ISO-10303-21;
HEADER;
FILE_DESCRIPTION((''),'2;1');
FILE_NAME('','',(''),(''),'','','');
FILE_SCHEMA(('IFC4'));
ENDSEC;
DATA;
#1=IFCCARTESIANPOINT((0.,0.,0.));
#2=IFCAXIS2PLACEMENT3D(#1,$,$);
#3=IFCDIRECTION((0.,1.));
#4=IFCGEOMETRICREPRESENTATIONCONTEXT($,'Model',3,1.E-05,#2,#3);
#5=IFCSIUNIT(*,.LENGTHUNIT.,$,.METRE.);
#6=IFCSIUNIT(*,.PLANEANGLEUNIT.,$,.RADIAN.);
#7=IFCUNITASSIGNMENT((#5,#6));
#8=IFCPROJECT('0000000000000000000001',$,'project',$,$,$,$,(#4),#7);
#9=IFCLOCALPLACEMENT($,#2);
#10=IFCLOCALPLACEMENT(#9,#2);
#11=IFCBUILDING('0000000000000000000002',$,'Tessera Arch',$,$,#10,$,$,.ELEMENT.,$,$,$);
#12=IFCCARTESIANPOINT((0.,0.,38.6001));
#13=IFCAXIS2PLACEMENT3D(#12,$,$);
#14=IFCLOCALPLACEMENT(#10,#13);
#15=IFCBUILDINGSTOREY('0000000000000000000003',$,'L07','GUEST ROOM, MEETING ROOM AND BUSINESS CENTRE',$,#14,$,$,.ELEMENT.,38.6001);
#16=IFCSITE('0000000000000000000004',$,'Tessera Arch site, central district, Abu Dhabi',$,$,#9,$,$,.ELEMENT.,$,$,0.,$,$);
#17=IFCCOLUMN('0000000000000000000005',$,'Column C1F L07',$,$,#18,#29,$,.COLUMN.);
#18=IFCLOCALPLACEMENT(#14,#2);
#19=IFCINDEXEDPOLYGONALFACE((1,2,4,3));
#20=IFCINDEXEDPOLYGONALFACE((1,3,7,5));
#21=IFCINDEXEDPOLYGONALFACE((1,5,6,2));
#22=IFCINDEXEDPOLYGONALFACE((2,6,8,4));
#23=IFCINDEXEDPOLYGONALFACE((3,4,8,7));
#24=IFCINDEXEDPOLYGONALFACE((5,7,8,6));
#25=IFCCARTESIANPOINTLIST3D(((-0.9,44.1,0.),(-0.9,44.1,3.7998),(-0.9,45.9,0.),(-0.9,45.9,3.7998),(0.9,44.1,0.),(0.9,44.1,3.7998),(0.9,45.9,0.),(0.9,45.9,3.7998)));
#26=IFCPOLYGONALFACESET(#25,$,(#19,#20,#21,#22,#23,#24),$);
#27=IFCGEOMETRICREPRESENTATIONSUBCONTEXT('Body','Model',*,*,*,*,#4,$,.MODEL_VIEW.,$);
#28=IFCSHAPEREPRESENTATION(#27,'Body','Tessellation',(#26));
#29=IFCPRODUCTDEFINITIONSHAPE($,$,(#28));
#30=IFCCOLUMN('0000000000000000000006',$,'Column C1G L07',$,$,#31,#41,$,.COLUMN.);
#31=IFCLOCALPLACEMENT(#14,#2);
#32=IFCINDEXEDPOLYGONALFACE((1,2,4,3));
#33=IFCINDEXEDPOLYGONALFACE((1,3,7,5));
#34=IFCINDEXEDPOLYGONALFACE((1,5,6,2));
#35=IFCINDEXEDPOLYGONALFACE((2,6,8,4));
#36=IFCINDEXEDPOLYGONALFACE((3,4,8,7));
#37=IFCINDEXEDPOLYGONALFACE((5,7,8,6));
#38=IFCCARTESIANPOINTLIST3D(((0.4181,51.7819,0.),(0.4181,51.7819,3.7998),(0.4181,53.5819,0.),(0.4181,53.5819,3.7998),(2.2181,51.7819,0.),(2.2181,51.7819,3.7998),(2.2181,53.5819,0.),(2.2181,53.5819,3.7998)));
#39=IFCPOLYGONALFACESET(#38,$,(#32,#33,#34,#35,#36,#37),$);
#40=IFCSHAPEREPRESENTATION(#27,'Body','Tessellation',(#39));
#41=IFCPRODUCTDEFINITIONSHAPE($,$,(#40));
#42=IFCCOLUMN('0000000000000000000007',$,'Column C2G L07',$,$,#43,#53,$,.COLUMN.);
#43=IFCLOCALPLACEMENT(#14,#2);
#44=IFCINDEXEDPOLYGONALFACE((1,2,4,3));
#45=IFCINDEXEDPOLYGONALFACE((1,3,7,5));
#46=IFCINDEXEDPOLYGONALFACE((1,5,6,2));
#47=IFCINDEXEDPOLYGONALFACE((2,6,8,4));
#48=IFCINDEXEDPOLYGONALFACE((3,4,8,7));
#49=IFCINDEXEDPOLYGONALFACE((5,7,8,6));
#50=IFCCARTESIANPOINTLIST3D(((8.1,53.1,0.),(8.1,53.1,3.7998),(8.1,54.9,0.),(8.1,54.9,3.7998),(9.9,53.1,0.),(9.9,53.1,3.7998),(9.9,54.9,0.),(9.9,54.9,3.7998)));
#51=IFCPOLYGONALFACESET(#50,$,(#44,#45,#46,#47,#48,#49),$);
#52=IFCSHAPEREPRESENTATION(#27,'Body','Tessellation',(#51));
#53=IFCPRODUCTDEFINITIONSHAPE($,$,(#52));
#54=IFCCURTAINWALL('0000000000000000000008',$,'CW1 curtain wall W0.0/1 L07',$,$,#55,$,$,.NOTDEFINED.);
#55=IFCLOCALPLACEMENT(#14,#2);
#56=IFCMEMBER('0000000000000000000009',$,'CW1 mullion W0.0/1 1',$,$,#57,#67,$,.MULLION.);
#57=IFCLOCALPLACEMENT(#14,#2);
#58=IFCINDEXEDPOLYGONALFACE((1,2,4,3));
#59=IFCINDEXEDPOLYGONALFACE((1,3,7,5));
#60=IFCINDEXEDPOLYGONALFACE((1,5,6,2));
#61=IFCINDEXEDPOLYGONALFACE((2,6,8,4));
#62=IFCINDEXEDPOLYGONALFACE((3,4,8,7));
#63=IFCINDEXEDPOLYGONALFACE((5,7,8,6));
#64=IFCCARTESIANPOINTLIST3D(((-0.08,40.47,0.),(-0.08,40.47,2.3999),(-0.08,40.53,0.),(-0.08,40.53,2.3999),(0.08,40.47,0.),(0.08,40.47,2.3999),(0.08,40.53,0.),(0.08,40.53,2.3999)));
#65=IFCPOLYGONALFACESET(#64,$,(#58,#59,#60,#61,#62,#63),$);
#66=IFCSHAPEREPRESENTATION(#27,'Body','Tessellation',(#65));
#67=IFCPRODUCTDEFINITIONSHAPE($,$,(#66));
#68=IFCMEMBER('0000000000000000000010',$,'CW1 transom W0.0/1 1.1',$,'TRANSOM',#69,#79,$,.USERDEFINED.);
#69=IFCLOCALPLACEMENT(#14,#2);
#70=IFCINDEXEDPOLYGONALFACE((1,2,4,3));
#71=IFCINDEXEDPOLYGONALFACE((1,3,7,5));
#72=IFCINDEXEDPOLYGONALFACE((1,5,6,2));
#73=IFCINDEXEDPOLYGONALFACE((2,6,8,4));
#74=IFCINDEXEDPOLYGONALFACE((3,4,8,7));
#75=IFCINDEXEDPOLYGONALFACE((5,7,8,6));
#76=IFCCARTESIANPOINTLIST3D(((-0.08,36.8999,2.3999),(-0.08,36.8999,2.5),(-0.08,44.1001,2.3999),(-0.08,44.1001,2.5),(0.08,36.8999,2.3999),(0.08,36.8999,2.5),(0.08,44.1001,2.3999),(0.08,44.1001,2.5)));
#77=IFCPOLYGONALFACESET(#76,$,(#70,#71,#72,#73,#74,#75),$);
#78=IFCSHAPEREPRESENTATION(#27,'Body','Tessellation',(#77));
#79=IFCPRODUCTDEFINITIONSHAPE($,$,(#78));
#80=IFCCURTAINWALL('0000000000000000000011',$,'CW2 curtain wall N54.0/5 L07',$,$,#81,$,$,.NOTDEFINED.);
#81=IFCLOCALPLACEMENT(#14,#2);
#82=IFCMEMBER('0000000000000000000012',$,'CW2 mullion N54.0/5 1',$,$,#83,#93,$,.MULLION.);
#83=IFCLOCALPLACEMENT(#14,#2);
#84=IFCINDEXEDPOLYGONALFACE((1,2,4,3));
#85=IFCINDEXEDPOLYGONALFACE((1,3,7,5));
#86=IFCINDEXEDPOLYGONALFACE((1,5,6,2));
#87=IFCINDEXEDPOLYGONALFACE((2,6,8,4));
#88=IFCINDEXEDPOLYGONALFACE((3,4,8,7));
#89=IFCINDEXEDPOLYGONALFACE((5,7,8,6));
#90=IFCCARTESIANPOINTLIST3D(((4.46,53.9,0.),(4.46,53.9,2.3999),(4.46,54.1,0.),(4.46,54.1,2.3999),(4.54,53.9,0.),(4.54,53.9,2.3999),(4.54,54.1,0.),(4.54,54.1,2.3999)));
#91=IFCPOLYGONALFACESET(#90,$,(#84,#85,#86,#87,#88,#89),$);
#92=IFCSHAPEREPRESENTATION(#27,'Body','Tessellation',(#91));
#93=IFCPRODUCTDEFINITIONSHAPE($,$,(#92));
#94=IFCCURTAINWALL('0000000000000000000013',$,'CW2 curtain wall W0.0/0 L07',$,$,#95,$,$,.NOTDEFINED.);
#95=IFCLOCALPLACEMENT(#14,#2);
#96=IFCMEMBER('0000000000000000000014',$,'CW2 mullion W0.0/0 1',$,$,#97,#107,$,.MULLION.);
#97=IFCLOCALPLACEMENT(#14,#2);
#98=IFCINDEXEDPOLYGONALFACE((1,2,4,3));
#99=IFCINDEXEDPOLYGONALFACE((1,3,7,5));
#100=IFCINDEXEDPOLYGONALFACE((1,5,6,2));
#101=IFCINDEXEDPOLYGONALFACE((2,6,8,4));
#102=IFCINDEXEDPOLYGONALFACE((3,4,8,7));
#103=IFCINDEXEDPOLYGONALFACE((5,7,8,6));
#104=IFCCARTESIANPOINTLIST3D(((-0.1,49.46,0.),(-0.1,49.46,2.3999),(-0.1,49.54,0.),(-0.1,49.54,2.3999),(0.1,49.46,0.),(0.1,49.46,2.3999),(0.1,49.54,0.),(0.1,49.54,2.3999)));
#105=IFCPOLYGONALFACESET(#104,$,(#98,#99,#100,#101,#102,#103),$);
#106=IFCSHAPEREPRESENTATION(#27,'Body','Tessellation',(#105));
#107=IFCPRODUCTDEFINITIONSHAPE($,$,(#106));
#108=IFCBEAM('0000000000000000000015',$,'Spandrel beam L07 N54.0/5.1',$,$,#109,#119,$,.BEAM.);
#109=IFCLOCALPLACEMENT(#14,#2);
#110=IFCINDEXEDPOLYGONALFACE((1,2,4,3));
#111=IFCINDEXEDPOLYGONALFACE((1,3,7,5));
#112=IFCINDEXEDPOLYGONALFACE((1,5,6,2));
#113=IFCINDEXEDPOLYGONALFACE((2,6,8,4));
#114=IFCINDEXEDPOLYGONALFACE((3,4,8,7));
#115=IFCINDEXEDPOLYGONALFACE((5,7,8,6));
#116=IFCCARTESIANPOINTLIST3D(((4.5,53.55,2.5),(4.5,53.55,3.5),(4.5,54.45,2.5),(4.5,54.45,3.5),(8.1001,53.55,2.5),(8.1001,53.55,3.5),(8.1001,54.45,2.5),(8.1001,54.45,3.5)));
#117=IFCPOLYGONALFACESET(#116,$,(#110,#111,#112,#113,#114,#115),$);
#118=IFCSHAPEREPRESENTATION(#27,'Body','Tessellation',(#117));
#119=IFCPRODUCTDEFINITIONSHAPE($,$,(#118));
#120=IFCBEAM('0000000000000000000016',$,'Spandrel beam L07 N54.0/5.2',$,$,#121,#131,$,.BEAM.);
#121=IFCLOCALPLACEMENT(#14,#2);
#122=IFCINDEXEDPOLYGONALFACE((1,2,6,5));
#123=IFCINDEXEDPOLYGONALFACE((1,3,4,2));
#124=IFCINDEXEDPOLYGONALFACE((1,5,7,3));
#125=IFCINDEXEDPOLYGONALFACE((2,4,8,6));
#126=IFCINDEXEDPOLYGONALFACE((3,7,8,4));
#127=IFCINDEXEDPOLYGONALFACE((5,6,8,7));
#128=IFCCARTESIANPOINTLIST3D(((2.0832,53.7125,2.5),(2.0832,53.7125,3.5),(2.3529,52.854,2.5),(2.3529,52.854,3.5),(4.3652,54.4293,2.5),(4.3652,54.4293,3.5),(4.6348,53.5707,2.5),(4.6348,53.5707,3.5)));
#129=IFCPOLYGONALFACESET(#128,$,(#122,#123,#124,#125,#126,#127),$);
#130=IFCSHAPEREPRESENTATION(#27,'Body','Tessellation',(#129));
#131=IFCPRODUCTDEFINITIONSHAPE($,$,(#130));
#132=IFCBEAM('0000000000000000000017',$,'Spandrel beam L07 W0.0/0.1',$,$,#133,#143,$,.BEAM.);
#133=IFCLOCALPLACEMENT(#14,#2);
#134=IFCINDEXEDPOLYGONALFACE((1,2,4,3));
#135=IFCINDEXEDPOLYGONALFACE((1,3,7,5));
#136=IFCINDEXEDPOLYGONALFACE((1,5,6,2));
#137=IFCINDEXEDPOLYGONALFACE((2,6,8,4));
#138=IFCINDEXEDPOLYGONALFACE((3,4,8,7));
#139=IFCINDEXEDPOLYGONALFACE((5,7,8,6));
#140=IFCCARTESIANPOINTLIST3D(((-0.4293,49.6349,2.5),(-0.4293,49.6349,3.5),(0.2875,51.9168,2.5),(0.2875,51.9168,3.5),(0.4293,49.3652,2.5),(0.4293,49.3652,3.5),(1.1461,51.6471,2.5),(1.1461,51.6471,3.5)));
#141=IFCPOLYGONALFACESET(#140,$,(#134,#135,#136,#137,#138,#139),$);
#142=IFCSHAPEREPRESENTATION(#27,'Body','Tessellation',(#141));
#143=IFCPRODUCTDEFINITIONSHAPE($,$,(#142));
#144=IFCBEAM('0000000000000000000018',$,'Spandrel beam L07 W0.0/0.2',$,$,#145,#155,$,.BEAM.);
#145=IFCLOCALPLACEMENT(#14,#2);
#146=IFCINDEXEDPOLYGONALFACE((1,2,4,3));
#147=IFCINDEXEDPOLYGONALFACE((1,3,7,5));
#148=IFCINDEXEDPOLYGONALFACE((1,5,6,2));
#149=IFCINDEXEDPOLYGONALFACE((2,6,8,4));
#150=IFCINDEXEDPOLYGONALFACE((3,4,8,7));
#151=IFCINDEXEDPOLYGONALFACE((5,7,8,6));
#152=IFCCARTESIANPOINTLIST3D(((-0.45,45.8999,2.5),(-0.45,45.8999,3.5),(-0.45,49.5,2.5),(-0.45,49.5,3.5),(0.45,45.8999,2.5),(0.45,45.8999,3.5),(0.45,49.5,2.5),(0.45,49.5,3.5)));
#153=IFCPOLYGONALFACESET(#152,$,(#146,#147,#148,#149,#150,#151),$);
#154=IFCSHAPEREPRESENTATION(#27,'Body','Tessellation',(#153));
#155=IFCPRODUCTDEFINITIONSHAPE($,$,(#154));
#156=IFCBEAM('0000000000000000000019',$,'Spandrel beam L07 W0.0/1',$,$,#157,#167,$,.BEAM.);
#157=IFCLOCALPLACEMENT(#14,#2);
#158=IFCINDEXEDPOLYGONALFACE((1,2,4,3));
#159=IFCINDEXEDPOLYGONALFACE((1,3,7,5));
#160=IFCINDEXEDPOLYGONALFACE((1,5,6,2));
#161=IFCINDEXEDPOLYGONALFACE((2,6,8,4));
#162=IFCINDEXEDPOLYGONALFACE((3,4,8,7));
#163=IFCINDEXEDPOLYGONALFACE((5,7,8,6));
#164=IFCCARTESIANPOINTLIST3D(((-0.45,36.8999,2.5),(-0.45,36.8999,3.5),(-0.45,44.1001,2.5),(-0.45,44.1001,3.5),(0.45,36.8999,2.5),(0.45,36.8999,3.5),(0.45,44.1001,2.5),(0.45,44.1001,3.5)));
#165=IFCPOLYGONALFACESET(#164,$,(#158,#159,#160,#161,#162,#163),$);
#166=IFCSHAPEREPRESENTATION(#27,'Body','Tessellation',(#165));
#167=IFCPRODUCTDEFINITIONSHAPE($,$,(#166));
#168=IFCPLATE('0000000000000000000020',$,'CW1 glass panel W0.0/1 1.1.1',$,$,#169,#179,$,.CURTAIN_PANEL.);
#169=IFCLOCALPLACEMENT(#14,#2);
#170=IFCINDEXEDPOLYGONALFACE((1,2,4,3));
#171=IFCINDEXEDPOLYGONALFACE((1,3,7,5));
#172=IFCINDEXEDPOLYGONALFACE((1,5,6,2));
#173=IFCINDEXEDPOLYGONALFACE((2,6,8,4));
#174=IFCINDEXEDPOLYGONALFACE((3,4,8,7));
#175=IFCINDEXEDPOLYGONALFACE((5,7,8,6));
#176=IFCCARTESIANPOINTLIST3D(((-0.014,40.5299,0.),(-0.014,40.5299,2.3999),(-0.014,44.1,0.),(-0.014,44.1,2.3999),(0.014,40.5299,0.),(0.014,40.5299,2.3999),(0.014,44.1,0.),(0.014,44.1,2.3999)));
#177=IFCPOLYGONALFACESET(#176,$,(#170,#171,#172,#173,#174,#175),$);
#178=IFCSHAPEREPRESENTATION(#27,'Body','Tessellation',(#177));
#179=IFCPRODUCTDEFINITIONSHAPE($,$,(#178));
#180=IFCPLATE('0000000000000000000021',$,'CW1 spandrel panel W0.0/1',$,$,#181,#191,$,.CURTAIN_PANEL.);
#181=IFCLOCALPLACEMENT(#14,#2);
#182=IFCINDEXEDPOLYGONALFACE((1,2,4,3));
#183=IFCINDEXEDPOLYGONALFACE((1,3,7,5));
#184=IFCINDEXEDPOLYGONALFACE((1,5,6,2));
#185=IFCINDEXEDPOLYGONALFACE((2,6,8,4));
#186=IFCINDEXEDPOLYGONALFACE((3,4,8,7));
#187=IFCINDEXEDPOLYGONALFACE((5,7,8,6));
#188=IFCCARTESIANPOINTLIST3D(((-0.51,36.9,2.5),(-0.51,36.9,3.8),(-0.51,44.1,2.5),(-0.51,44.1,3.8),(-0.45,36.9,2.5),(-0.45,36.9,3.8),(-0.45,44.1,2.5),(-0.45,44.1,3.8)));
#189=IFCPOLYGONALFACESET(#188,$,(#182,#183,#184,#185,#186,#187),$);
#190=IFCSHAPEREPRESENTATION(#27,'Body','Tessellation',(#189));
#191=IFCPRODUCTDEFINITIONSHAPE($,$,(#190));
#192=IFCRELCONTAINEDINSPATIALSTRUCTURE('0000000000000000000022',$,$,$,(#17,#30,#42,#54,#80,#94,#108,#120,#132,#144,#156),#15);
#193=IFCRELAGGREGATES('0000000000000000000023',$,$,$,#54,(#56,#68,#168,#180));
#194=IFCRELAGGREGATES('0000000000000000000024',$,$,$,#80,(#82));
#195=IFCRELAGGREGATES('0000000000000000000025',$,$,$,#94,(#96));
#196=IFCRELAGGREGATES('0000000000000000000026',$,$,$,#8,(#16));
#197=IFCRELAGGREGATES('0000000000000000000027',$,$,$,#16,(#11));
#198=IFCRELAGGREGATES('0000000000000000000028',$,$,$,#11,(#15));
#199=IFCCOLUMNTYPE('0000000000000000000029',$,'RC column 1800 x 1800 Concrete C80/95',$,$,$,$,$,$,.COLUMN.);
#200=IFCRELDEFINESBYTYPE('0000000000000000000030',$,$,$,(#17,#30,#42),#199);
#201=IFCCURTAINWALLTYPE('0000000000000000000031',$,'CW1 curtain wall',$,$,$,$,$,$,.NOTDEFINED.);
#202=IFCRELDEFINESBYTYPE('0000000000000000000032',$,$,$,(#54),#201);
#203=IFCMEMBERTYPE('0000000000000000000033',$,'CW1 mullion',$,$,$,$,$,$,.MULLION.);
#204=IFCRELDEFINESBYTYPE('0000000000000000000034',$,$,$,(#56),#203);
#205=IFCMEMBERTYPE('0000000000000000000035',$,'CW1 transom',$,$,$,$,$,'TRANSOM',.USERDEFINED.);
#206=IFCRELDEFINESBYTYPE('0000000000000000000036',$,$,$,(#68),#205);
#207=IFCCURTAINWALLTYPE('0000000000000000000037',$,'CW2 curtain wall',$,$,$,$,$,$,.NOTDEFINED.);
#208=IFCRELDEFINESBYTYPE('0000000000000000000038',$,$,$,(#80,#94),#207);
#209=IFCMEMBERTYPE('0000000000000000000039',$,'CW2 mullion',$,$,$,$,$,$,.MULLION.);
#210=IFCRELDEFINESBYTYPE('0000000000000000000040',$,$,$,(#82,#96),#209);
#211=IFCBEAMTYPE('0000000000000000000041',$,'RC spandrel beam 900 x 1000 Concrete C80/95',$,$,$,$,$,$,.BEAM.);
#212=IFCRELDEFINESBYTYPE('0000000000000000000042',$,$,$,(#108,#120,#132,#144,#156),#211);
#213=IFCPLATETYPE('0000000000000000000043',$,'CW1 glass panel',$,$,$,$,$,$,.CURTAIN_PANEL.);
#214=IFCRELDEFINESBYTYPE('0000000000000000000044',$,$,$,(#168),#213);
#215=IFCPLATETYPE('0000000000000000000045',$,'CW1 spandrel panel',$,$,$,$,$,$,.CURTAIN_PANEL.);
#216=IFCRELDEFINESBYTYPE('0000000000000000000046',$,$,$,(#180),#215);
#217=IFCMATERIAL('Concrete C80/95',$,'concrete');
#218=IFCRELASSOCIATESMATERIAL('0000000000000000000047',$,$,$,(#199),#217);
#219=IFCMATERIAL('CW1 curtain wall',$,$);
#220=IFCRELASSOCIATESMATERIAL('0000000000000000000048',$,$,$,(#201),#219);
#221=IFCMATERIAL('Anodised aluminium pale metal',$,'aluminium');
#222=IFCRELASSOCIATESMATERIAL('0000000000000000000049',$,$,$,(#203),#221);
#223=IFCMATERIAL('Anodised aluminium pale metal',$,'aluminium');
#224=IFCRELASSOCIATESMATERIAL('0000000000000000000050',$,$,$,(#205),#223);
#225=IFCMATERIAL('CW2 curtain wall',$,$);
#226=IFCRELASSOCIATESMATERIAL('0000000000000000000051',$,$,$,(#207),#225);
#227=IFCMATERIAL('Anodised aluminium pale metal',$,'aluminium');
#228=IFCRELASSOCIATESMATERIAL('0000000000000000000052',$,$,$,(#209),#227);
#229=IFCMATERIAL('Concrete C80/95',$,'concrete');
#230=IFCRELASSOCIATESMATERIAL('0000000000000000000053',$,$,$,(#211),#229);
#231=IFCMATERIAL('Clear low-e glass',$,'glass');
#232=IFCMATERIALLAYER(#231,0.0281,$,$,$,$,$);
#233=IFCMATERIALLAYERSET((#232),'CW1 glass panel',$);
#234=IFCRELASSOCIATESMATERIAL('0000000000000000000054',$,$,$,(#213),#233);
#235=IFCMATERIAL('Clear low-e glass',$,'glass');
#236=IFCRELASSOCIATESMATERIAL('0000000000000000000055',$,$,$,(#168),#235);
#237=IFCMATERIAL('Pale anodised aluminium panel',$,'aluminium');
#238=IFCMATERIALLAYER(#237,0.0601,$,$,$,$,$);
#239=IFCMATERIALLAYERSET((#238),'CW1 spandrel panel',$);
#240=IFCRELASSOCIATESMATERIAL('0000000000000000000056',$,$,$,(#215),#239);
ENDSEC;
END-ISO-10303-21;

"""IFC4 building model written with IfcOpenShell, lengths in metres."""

from ifc_helpers import new_model, si_unit, direction, frame, origin, origin_2d, place, context, subcontext, project, spatial, rectangle, extrude, material, layer, layer_set, material_profile, profile_set, type_object, element, aggregate, save


model = new_model("IFC4")

# Units and contexts
model_context = context("Model", 3, precision=1e-05, world=origin(), true_north=direction((0.0, 1.0)))
body_context = subcontext(model_context, "Body", "Model", "MODEL_VIEW")
ifc_project = project(units=[si_unit("LENGTHUNIT", "METRE"), si_unit("PLANEANGLEUNIT", "RADIAN")], contexts=[model_context])

# Site, building, storey
site_placement = place(None, origin())
site = spatial("IfcSite", under=ifc_project, at=site_placement, Name="Tessera Arch site, central district, Abu Dhabi", CompositionType="ELEMENT", RefElevation=0.0)
building_placement = place(site_placement, origin())
building = spatial("IfcBuilding", under=site, at=building_placement, Name="Tessera Arch", CompositionType="ELEMENT")
storey_placement = place(building_placement, frame((0.0, 0.0, 38.6001)))
storey = spatial("IfcBuildingStorey", under=building, at=storey_placement, Name="L07", Description="GUEST ROOM, MEETING ROOM AND BUSINESS CENTRE", CompositionType="ELEMENT", Elevation=38.6001)

# Columns
ifc_material_1 = material(Name="Concrete C80/95", Category="concrete")
ifc_material_profile_1 = material_profile(ifc_material_1, rectangle(XDim=1.8, YDim=1.8, at=origin_2d()), Name="RC column 1800 x 1800 Concrete C80/95")
ifc_profile_set_1 = profile_set([ifc_material_profile_1], Name="Concrete C80/95")
column_type = type_object("IfcColumnType", Name="RC column 1800 x 1800 Concrete C80/95", PredefinedType="COLUMN", material=ifc_profile_set_1)
for number, where, z_axis, x_axis, name in (
    (1, (0.0, 45.0, 0.0), (0.0, 0.0, 1.0), (1.0, 0.0, 0.0), "Column C1F L07"),
    (2, (1.3181, 52.6819, 0.0), (0.0, 0.0, 1.0), (1.0, 0.0, 0.0), "Column C1G L07"),
    (3, (9.0, 54.0, 0.0), (0.0, 0.0, 1.0), (1.0, 0.0, 0.0), "Column C2G L07"),
):
    element("IfcColumn", number, at=place(storey_placement, frame(where, z_axis=z_axis, x_axis=x_axis)), inside=storey, type_object=column_type, Name=name, PredefinedType="COLUMN", context=body_context, shape_type="SweptSolid", body=[
        extrude(rectangle(XDim=1.8, YDim=1.8, at=origin_2d()), origin(), (0.0, 0.0, 1.0), 3.7998),
    ])

# Curtain wall, members
ifc_material_2 = material(Name="CW1 curtain wall")
curtain_wall_type_1 = type_object("IfcCurtainWallType", Name="CW1 curtain wall", PredefinedType="NOTDEFINED", material=ifc_material_2)
curtain_wall_1_placement = place(storey_placement, origin())
curtain_wall_1 = element("IfcCurtainWall", 4, at=curtain_wall_1_placement, inside=storey, type_object=curtain_wall_type_1, Name="CW1 curtain wall W0.0/1 L07", PredefinedType="NOTDEFINED")
ifc_material_3 = material(Name="Anodised aluminium pale metal", Category="aluminium")
ifc_material_profile_2 = material_profile(ifc_material_3, rectangle(XDim=0.1599, YDim=0.0601, at=origin_2d()), Name="AL 60x160")
ifc_profile_set_2 = profile_set([ifc_material_profile_2], Name="Anodised aluminium pale metal")
member_type_1 = type_object("IfcMemberType", Name="CW1 mullion", PredefinedType="MULLION", material=ifc_profile_set_2)
member_1_placement = place(storey_placement, frame((0.0, 40.5, 0.0), z_axis=(0.0, 0.0, 1.0), x_axis=(1.0, 0.0, 0.0)))
member_1 = element("IfcMember", 5, at=member_1_placement, type_object=member_type_1, Name="CW1 mullion W0.0/1 1", PredefinedType="MULLION", context=body_context, shape_type="SweptSolid", body=[
    extrude(rectangle(XDim=0.1599, YDim=0.0601, at=origin_2d()), origin(), (0.0, 0.0, 1.0), 2.3999),
])
ifc_material_4 = material(Name="Anodised aluminium pale metal", Category="aluminium")
ifc_material_profile_3 = material_profile(ifc_material_4, rectangle(XDim=0.1599, YDim=0.1001, at=origin_2d()), Name="AL 160x100")
ifc_profile_set_3 = profile_set([ifc_material_profile_3], Name="Anodised aluminium pale metal")
member_type_2 = type_object("IfcMemberType", Name="CW1 transom", ElementType="TRANSOM", PredefinedType="USERDEFINED", material=ifc_profile_set_3)
member_2_placement = place(storey_placement, frame((0.0, 44.1001, 2.45), z_axis=(0.0, -1.0, 0.0), x_axis=(1.0, 0.0, 0.0)))
member_2 = element("IfcMember", 6, at=member_2_placement, type_object=member_type_2, Name="CW1 transom W0.0/1 1.1", ObjectType="TRANSOM", PredefinedType="USERDEFINED", context=body_context, shape_type="SweptSolid", body=[
    extrude(rectangle(XDim=0.1599, YDim=0.1001, at=origin_2d()), origin(), (0.0, 0.0, 1.0), 7.2002),
])

# Curtain walls, members
ifc_material_5 = material(Name="CW2 curtain wall")
curtain_wall_type_2 = type_object("IfcCurtainWallType", Name="CW2 curtain wall", PredefinedType="NOTDEFINED", material=ifc_material_5)
curtain_wall_2_placement = place(storey_placement, origin())
curtain_wall_2 = element("IfcCurtainWall", 7, at=curtain_wall_2_placement, inside=storey, type_object=curtain_wall_type_2, Name="CW2 curtain wall N54.0/5 L07", PredefinedType="NOTDEFINED")
ifc_material_6 = material(Name="Anodised aluminium pale metal", Category="aluminium")
ifc_material_profile_4 = material_profile(ifc_material_6, rectangle(XDim=0.2, YDim=0.0801, at=origin_2d()), Name="AL 80x200")
ifc_profile_set_4 = profile_set([ifc_material_profile_4], Name="Anodised aluminium pale metal")
member_type_3 = type_object("IfcMemberType", Name="CW2 mullion", PredefinedType="MULLION", material=ifc_profile_set_4)
member_3_placement = place(storey_placement, frame((4.5, 54.0, 0.0), z_axis=(0.0, 0.0, 1.0), x_axis=(0.0, -1.0, 0.0)))
member_3 = element("IfcMember", 8, at=member_3_placement, type_object=member_type_3, Name="CW2 mullion N54.0/5 1", PredefinedType="MULLION", context=body_context, shape_type="SweptSolid", body=[
    extrude(rectangle(XDim=0.2, YDim=0.0801, at=origin_2d()), origin(), (0.0, 0.0, 1.0), 2.3999),
])
curtain_wall_3_placement = place(storey_placement, origin())
curtain_wall_3 = element("IfcCurtainWall", 9, at=curtain_wall_3_placement, inside=storey, type_object=curtain_wall_type_2, Name="CW2 curtain wall W0.0/0 L07", PredefinedType="NOTDEFINED")
member_4_placement = place(storey_placement, frame((0.0, 49.5, 0.0), z_axis=(0.0, 0.0, 1.0), x_axis=(1.0, 0.0, 0.0)))
member_4 = element("IfcMember", 10, at=member_4_placement, type_object=member_type_3, Name="CW2 mullion W0.0/0 1", PredefinedType="MULLION", context=body_context, shape_type="SweptSolid", body=[
    extrude(rectangle(XDim=0.2, YDim=0.0801, at=origin_2d()), origin(), (0.0, 0.0, 1.0), 2.3999),
])

# Beams
ifc_material_7 = material(Name="Concrete C80/95", Category="concrete")
ifc_material_profile_5 = material_profile(ifc_material_7, rectangle(XDim=0.8999, YDim=1.0, at=origin_2d()), Name="RC spandrel beam 900 x 1000 Concrete C80/95")
ifc_profile_set_5 = profile_set([ifc_material_profile_5], Name="Concrete C80/95")
beam_type = type_object("IfcBeamType", Name="RC spandrel beam 900 x 1000 Concrete C80/95", PredefinedType="BEAM", material=ifc_profile_set_5)
beam_1_placement = place(storey_placement, frame((8.1001, 54.0, 3.0), z_axis=(-1.0, 0.0, 0.0), x_axis=(0.0, -1.0, 0.0)))
element("IfcBeam", 11, at=beam_1_placement, inside=storey, type_object=beam_type, Name="Spandrel beam L07 N54.0/5.1", PredefinedType="BEAM", context=body_context, shape_type="SweptSolid", body=[
    extrude(rectangle(XDim=0.8999, YDim=1.0, at=origin_2d()), origin(), (0.0, 0.0, 1.0), 3.6001),
])
for number, where, z_axis, x_axis, name in (
    (12, (4.5, 54.0, 3.0), (-0.954041, -0.299675, 0.0), (0.299675, -0.954041, 0.0), "Spandrel beam L07 N54.0/5.2"),
    (13, (0.7168, 51.782, 3.0), (-0.299675, -0.954041, 0.0), (0.954041, -0.299675, 0.0), "Spandrel beam L07 W0.0/0.1"),
):
    element("IfcBeam", number, at=place(storey_placement, frame(where, z_axis=z_axis, x_axis=x_axis)), inside=storey, type_object=beam_type, Name=name, PredefinedType="BEAM", context=body_context, shape_type="SweptSolid", body=[
        extrude(rectangle(XDim=0.8999, YDim=1.0, at=origin_2d()), origin(), (0.0, 0.0, 1.0), 2.3918),
    ])
beam_2_placement = place(storey_placement, frame((0.0, 49.5, 3.0), z_axis=(0.0, -1.0, 0.0), x_axis=(1.0, 0.0, 0.0)))
element("IfcBeam", 14, at=beam_2_placement, inside=storey, type_object=beam_type, Name="Spandrel beam L07 W0.0/0.2", PredefinedType="BEAM", context=body_context, shape_type="SweptSolid", body=[
    extrude(rectangle(XDim=0.8999, YDim=1.0, at=origin_2d()), origin(), (0.0, 0.0, 1.0), 3.6001),
])
beam_3_placement = place(storey_placement, frame((0.0, 44.1001, 3.0), z_axis=(0.0, -1.0, 0.0), x_axis=(1.0, 0.0, 0.0)))
element("IfcBeam", 15, at=beam_3_placement, inside=storey, type_object=beam_type, Name="Spandrel beam L07 W0.0/1", PredefinedType="BEAM", context=body_context, shape_type="SweptSolid", body=[
    extrude(rectangle(XDim=0.8999, YDim=1.0, at=origin_2d()), origin(), (0.0, 0.0, 1.0), 7.2002),
])

# Plates
ifc_material_8 = material(Name="Clear low-e glass", Category="glass")
ifc_material_9 = material(Name="Clear low-e glass", Category="glass")
ifc_layer_1 = layer(ifc_material_9, 0.0281)
ifc_layer_set_1 = layer_set([ifc_layer_1], Name="CW1 glass panel")
plate_type_1 = type_object("IfcPlateType", Name="CW1 glass panel", PredefinedType="CURTAIN_PANEL", material=ifc_layer_set_1)
plate_1_placement = place(storey_placement, frame((0.0, 42.3149, 0.0), z_axis=(0.0, 0.0, 1.0), x_axis=(0.0, -1.0, 0.0)))
plate_1 = element("IfcPlate", 16, at=plate_1_placement, type_object=plate_type_1, material=ifc_material_8, Name="CW1 glass panel W0.0/1 1.1.1", PredefinedType="CURTAIN_PANEL", context=body_context, shape_type="SweptSolid", body=[
    extrude(rectangle(XDim=3.5701, YDim=0.0281, at=origin_2d()), origin(), (0.0, 0.0, 1.0), 2.3999),
])
ifc_material_10 = material(Name="Pale anodised aluminium panel", Category="aluminium")
ifc_layer_2 = layer(ifc_material_10, 0.0601)
ifc_layer_set_2 = layer_set([ifc_layer_2], Name="CW1 spandrel panel")
plate_type_2 = type_object("IfcPlateType", Name="CW1 spandrel panel", PredefinedType="CURTAIN_PANEL", material=ifc_layer_set_2)
plate_2_placement = place(storey_placement, frame((-0.48, 40.5, 2.5), z_axis=(0.0, 0.0, 1.0), x_axis=(0.0, -1.0, 0.0)))
plate_2 = element("IfcPlate", 17, at=plate_2_placement, type_object=plate_type_2, Name="CW1 spandrel panel W0.0/1", PredefinedType="CURTAIN_PANEL", context=body_context, shape_type="SweptSolid", body=[
    extrude(rectangle(XDim=7.2, YDim=0.0601, at=origin_2d()), origin(), (0.0, 0.0, 1.0), 1.3),
])
aggregate(curtain_wall_1, [member_1, member_2, plate_1, plate_2])
aggregate(curtain_wall_2, [member_3])
aggregate(curtain_wall_3, [member_4])

save(model, "model.ifc")
